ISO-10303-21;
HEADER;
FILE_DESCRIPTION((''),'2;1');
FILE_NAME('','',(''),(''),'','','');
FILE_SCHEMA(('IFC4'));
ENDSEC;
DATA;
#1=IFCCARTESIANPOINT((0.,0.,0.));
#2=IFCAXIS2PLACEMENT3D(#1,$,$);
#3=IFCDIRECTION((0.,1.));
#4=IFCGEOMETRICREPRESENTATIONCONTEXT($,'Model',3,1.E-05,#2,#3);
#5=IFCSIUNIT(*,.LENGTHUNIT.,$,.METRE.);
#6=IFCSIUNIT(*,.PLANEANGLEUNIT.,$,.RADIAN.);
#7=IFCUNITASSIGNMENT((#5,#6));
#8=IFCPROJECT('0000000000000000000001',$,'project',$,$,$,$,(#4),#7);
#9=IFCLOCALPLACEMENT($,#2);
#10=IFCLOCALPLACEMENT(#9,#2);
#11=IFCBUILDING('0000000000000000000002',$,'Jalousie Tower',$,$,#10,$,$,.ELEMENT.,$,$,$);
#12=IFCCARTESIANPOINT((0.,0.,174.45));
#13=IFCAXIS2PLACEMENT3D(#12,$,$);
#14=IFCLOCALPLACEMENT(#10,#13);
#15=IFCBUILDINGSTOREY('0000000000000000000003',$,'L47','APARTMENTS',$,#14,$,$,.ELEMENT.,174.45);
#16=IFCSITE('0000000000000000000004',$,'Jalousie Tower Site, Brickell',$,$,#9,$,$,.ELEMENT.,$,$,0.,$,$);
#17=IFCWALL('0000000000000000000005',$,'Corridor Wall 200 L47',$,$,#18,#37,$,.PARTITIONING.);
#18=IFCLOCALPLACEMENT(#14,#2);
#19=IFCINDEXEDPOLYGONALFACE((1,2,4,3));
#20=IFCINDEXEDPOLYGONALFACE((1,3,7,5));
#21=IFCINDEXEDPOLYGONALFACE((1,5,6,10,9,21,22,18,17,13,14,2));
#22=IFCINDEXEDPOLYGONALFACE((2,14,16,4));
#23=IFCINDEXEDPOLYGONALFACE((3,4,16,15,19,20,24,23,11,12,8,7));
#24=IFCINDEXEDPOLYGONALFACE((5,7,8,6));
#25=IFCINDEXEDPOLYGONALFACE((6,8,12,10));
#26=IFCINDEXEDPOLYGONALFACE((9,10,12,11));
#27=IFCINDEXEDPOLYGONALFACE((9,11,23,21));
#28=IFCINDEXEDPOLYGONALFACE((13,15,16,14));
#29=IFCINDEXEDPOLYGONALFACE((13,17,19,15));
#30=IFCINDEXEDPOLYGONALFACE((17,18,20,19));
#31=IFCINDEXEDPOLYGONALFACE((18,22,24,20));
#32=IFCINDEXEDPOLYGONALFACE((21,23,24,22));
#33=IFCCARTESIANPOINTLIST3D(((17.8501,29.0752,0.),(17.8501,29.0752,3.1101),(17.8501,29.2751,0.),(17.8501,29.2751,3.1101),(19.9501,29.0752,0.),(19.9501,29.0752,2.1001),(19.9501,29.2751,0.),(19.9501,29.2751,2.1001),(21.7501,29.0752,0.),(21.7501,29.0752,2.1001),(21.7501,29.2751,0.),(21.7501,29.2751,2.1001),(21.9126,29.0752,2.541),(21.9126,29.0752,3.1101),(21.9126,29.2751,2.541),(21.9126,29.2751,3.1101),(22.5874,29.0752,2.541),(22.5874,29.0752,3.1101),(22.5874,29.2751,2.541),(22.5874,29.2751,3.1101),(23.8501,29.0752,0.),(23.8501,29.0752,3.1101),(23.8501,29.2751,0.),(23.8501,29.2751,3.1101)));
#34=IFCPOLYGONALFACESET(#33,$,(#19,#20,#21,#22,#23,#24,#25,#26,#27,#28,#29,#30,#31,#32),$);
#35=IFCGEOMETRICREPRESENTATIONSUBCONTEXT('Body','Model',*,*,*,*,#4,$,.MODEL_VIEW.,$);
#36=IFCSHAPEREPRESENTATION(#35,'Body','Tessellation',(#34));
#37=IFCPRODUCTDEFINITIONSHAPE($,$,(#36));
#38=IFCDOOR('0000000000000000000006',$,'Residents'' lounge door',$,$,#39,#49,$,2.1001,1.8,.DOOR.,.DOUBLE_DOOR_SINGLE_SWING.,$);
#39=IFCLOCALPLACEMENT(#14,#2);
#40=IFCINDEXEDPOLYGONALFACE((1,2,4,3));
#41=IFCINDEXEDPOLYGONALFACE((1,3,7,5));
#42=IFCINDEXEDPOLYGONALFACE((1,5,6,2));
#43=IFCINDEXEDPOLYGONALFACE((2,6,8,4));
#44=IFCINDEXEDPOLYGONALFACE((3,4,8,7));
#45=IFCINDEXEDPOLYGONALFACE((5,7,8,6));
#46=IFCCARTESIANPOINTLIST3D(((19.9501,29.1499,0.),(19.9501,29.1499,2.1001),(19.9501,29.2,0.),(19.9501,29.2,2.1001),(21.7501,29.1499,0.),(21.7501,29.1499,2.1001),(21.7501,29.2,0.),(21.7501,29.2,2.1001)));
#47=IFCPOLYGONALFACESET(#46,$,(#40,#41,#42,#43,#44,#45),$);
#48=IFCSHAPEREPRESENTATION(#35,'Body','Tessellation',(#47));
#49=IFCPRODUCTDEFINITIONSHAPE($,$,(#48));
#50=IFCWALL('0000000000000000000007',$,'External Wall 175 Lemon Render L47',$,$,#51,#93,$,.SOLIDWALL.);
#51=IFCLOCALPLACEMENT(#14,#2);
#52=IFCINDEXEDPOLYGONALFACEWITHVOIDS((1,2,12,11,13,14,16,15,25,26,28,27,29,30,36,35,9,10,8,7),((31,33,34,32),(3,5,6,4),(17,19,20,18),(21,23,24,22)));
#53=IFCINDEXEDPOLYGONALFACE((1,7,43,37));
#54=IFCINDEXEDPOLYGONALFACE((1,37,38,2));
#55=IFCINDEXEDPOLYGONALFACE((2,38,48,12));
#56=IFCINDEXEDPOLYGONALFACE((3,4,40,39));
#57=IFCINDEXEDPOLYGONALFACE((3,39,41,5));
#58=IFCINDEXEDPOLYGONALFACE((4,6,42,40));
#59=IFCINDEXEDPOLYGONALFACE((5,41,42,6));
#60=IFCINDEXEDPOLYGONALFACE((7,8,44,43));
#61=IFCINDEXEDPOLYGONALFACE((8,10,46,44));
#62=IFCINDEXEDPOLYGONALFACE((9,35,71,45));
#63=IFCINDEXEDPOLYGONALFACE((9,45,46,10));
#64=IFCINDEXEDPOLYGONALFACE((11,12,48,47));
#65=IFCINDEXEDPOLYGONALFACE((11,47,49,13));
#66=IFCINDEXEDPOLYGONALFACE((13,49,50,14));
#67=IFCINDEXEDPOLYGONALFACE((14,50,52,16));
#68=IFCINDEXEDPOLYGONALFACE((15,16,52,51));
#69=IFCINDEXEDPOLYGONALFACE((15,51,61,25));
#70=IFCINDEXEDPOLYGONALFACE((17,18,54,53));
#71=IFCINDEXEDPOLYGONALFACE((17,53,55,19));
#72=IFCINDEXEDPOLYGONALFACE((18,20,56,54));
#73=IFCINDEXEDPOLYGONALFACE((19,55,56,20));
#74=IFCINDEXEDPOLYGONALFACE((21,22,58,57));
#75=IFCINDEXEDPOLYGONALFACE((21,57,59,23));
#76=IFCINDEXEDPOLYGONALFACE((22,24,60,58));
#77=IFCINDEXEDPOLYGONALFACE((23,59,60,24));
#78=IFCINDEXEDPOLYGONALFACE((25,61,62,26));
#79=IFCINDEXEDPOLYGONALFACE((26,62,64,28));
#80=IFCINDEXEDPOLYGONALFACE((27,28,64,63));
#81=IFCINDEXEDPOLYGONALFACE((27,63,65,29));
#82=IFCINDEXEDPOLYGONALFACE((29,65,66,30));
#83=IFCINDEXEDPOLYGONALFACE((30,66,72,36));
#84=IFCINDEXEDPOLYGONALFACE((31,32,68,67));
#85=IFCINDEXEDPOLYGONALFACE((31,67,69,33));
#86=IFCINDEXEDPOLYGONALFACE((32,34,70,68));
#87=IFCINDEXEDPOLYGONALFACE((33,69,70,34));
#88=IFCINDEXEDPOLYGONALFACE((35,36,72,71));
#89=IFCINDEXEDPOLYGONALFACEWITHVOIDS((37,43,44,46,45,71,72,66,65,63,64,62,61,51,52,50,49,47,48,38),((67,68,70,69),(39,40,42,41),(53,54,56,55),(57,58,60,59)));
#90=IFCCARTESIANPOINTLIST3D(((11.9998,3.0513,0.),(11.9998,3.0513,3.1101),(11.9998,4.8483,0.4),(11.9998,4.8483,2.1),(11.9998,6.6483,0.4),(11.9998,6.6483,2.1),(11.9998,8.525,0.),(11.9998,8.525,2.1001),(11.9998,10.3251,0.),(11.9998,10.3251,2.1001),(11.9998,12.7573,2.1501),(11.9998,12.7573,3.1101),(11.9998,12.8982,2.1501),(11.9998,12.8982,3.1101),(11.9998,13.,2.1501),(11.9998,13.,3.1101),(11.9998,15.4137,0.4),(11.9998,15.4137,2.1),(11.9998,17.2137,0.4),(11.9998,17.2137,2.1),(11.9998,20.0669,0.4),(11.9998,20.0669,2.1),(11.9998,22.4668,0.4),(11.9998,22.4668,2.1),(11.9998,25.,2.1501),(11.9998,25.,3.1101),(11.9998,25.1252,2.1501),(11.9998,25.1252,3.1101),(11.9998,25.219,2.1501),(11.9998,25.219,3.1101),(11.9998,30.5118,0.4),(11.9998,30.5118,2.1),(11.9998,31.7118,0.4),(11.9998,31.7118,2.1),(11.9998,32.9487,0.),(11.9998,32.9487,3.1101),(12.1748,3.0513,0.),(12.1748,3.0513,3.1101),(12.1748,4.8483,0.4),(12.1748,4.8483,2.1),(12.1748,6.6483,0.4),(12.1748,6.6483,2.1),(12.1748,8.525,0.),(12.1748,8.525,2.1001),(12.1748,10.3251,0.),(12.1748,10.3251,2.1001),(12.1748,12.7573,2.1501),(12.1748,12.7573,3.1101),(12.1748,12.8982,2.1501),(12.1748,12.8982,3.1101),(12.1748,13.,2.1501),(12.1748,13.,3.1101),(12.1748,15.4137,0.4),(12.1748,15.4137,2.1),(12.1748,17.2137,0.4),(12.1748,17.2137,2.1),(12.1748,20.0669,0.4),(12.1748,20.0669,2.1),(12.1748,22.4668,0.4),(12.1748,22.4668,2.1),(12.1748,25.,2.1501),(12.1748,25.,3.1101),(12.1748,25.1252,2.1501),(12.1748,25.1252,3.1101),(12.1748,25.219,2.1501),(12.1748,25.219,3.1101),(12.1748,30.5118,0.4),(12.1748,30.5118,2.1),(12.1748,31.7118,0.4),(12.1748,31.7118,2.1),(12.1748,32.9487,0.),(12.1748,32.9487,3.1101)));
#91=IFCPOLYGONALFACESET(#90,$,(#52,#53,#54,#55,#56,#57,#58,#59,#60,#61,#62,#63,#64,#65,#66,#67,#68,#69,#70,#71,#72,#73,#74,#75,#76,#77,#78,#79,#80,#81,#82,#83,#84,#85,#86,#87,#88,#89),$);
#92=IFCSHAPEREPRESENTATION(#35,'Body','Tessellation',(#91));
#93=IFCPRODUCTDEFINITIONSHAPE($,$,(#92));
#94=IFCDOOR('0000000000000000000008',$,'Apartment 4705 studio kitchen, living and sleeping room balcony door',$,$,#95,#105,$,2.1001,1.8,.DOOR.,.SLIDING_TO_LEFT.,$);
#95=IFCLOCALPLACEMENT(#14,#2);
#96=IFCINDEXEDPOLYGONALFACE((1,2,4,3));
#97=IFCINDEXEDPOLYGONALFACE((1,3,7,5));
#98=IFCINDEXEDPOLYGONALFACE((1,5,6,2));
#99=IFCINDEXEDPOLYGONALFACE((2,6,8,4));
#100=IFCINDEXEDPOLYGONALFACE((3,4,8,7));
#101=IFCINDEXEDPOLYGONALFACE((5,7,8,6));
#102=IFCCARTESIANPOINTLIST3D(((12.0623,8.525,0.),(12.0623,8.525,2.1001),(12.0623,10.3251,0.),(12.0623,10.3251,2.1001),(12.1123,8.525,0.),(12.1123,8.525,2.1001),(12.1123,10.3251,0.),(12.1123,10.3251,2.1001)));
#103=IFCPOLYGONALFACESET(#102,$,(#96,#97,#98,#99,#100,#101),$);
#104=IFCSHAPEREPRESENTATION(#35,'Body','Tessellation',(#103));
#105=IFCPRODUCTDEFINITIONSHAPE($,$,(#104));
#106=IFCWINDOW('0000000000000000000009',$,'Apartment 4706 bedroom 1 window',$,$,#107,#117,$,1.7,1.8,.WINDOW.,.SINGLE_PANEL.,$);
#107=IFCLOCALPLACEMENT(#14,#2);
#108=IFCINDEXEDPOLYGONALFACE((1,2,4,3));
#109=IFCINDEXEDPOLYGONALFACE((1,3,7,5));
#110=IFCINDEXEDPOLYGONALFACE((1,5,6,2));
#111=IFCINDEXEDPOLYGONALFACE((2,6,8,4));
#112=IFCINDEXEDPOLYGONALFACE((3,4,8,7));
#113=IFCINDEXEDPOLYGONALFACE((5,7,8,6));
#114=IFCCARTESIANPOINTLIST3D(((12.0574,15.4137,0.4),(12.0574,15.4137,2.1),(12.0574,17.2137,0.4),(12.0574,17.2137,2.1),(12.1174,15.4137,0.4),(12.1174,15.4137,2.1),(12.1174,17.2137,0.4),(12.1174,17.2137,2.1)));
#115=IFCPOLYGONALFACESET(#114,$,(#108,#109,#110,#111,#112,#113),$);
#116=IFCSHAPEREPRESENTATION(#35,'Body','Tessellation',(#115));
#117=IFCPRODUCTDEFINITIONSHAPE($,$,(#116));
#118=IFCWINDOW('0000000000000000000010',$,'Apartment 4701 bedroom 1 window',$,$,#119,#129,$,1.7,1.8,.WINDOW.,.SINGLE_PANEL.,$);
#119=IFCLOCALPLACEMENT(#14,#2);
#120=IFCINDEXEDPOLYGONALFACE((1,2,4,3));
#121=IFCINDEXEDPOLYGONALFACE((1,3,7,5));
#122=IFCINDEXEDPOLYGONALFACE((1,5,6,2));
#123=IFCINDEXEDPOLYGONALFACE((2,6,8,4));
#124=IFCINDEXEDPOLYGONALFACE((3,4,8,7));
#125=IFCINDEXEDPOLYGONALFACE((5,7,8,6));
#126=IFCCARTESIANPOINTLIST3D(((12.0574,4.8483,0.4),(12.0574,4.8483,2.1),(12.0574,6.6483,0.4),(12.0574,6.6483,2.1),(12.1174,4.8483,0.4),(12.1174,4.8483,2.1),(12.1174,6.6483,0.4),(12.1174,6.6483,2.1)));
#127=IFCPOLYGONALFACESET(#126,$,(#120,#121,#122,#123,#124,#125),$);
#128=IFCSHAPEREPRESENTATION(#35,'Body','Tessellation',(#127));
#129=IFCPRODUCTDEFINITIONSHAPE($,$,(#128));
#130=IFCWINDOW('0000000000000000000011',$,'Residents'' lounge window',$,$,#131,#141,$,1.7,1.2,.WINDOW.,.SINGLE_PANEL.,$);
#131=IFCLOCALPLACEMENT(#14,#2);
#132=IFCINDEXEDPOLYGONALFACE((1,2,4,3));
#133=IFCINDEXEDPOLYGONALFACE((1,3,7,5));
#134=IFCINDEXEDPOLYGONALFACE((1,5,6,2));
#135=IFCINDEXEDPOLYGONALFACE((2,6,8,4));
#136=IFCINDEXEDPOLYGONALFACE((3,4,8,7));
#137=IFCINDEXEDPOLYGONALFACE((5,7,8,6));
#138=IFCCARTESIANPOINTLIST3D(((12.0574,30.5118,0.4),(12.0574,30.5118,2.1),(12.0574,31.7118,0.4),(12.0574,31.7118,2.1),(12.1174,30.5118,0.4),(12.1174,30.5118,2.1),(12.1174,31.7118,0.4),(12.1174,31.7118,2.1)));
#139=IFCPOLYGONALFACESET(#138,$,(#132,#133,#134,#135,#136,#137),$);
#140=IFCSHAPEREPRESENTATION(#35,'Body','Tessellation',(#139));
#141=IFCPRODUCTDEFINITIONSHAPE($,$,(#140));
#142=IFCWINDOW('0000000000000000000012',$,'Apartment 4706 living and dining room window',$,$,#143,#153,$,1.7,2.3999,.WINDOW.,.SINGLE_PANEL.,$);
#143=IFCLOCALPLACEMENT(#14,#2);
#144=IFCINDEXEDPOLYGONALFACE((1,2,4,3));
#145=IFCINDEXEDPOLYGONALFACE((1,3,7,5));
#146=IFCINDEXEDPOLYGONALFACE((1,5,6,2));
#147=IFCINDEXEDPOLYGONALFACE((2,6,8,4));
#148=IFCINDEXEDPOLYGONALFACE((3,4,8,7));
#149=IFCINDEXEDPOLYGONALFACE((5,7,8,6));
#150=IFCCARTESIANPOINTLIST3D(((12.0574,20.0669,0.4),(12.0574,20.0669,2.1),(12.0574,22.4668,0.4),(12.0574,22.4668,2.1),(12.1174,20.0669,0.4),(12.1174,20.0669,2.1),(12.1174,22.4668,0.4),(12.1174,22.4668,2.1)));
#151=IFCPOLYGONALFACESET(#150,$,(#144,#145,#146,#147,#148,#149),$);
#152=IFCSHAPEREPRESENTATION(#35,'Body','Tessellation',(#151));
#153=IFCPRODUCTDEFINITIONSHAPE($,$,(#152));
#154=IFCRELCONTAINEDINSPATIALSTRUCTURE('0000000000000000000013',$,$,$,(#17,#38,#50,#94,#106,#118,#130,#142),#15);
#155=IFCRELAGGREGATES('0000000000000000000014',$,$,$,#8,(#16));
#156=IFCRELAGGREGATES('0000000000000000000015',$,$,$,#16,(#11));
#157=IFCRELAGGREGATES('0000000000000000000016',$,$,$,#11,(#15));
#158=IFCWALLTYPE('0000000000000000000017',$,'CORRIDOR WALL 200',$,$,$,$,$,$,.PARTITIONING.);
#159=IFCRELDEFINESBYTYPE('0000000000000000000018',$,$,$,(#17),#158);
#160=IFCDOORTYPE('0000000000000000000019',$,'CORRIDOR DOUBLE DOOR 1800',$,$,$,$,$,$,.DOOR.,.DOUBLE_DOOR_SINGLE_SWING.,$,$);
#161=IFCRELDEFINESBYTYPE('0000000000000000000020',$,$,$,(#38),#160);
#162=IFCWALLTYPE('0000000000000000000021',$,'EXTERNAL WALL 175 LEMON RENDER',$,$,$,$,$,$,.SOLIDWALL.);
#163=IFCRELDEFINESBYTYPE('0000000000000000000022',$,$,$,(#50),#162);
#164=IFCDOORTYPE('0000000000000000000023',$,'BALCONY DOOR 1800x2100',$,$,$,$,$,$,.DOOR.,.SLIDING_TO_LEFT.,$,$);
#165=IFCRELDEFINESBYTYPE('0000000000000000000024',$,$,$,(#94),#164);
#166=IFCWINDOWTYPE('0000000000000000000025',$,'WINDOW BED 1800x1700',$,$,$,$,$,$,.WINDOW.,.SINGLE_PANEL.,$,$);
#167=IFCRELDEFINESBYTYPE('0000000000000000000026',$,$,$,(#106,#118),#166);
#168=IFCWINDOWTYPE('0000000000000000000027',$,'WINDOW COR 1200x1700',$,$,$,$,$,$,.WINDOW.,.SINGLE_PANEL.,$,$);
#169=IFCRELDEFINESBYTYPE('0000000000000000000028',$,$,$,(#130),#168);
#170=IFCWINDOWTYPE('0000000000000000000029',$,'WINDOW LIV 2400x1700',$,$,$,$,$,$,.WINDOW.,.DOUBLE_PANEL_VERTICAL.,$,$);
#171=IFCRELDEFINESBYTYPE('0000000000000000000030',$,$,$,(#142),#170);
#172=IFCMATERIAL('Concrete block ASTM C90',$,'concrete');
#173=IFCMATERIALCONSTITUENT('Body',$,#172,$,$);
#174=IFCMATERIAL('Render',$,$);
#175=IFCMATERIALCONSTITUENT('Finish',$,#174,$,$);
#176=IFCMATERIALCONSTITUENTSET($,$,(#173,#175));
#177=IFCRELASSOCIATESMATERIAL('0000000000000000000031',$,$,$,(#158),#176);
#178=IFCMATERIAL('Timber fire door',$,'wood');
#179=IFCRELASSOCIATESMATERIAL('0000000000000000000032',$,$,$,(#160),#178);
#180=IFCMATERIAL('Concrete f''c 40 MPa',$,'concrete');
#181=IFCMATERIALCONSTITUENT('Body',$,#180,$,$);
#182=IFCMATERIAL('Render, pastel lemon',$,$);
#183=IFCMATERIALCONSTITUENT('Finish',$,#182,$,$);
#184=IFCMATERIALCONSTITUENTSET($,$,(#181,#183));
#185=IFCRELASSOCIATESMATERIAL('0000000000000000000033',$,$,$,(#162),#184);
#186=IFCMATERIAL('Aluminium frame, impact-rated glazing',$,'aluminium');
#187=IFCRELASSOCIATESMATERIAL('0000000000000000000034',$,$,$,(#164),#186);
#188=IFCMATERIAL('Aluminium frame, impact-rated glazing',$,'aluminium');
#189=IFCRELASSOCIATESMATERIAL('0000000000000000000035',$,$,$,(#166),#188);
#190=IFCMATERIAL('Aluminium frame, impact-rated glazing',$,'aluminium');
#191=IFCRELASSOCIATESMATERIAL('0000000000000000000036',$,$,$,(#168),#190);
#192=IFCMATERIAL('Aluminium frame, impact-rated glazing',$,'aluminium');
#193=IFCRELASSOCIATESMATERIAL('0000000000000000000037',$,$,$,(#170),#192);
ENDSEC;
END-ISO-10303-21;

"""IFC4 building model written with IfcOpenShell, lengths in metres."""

from ifc_helpers import new_model, si_unit, direction, frame, frame_2d, origin, place, context, subcontext, project, spatial, polyline, rectangle, outline, extrude, material, constituent, constituent_set, type_object, element, fill, save


model = new_model("IFC4")

# Units and contexts
model_context = context("Model", 3, precision=1e-05, world=origin(), true_north=direction((0.0, 1.0)))
body_context = subcontext(model_context, "Body", "Model", "MODEL_VIEW")
ifc_project = project(units=[si_unit("LENGTHUNIT", "METRE"), si_unit("PLANEANGLEUNIT", "RADIAN")], contexts=[model_context])

# Site, building, storey
site_placement = place(None, origin())
site = spatial("IfcSite", under=ifc_project, at=site_placement, Name="Jalousie Tower Site, Brickell", CompositionType="ELEMENT", RefElevation=0.0)
building_placement = place(site_placement, origin())
building = spatial("IfcBuilding", under=site, at=building_placement, Name="Jalousie Tower", CompositionType="ELEMENT")
storey_placement = place(building_placement, frame((0.0, 0.0, 174.45)))
storey = spatial("IfcBuildingStorey", under=building, at=storey_placement, Name="L47", Description="APARTMENTS", CompositionType="ELEMENT", Elevation=174.45)

# Wall, opening, door
ifc_material_1 = material(Name="Concrete block ASTM C90", Category="concrete")
ifc_constituent_1 = constituent(ifc_material_1, Name="Body")
ifc_material_2 = material(Name="Render")
ifc_constituent_2 = constituent(ifc_material_2, Name="Finish")
ifc_constituent_set_1 = constituent_set(constituents=[ifc_constituent_1, ifc_constituent_2])
wall_type_1 = type_object("IfcWallType", Name="CORRIDOR WALL 200", PredefinedType="PARTITIONING", material=ifc_constituent_set_1)
wall_1_placement = place(storey_placement, frame((17.8501, 29.175, 0.0), z_axis=(0.0, 0.0, 1.0), x_axis=(1.0, 0.0, 0.0)))
wall_1 = element("IfcWall", 1, at=wall_1_placement, inside=storey, type_object=wall_type_1, Name="Corridor Wall 200 L47", PredefinedType="PARTITIONING", context=body_context, shape_type="SweptSolid", body=[
    extrude(outline(polyline([(0.0, 0.0), (6.0, 0.0), (6.0, 3.1101), (4.7373, 3.1101), (4.7373, 2.541), (4.0625, 2.541), (4.0625, 3.1101), (0.0, 3.1101), (0.0, 0.0)])), frame((0.0, 0.1001, 0.0), z_axis=(0.0, -1.0, 0.0), x_axis=(1.0, 0.0, 0.0)), (0.0, 0.0, 1.0), 0.2),
])
opening_1_placement = place(wall_1_placement, frame((2.1001, 0.0, 0.0)))
opening_1 = element("IfcOpeningElement", 2, at=opening_1_placement, cuts=wall_1, PredefinedType="OPENING", context=body_context, shape_type="SweptSolid", body=[
    extrude(rectangle(XDim=1.8, YDim=2.1001, at=frame_2d((0.8999, 1.05))), frame((0.0, 0.1099, 0.0), z_axis=(0.0, -1.0, 0.0), x_axis=(1.0, 0.0, 0.0)), (0.0, 0.0, 1.0), 0.22),
])
ifc_material_3 = material(Name="Timber fire door", Category="wood")
door_type_1 = type_object("IfcDoorType", Name="CORRIDOR DOUBLE DOOR 1800", OperationType="DOUBLE_DOOR_SINGLE_SWING", PredefinedType="DOOR", material=ifc_material_3)
door_1_placement = place(opening_1_placement, origin())
door_1 = element("IfcDoor", 3, at=door_1_placement, inside=storey, type_object=door_type_1, Name="Residents' lounge door", OperationType="DOUBLE_DOOR_SINGLE_SWING", OverallHeight=2.1001, OverallWidth=1.8, PredefinedType="DOOR", context=body_context, shape_type="SweptSolid", body=[
    extrude(rectangle(XDim=1.8, YDim=2.1001, at=frame_2d((0.8999, 1.05))), frame((0.0, 0.0249, 0.0), z_axis=(0.0, -1.0, 0.0), x_axis=(1.0, 0.0, 0.0)), (0.0, 0.0, 1.0), 0.05),
])
fill(opening_1, door_1)

# Wall, openings, door, windows
ifc_material_4 = material(Name="Concrete f'c 40 MPa", Category="concrete")
ifc_constituent_3 = constituent(ifc_material_4, Name="Body")
ifc_material_5 = material(Name="Render, pastel lemon")
ifc_constituent_4 = constituent(ifc_material_5, Name="Finish")
ifc_constituent_set_2 = constituent_set(constituents=[ifc_constituent_3, ifc_constituent_4])
wall_type_2 = type_object("IfcWallType", Name="EXTERNAL WALL 175 LEMON RENDER", PredefinedType="SOLIDWALL", material=ifc_constituent_set_2)
wall_2_placement = place(storey_placement, frame((12.0874, 32.9487, 0.0), z_axis=(0.0, 0.0, 1.0), x_axis=(0.0, -1.0, 0.0)))
wall_2 = element("IfcWall", 4, at=wall_2_placement, inside=storey, type_object=wall_type_2, Name="External Wall 175 Lemon Render L47", PredefinedType="SOLIDWALL", context=body_context, shape_type="SweptSolid", body=[
    extrude(outline(polyline([(0.0, 0.0), (29.8975, 0.0), (29.8975, 3.1101), (20.1914, 3.1101), (20.1914, 2.1501), (20.0505, 2.1501), (20.0505, 3.1101), (19.9487, 3.1101), (19.9487, 2.1501), (7.9487, 2.1501), (7.9487, 3.1101), (7.8235, 3.1101), (7.8235, 2.1501), (7.7297, 2.1501), (7.7297, 3.1101), (0.0, 3.1101), (0.0, 0.0)])), frame((0.0, 0.0874, 0.0), z_axis=(0.0, -1.0, 0.0), x_axis=(1.0, 0.0, 0.0)), (0.0, 0.0, 1.0), 0.175),
])
opening_2_placement = place(wall_2_placement, frame((1.2368, 0.0, 0.3999)))
opening_2 = element("IfcOpeningElement", 5, at=opening_2_placement, cuts=wall_2, PredefinedType="OPENING", context=body_context, shape_type="SweptSolid", body=[
    extrude(rectangle(XDim=1.2, YDim=1.7, at=frame_2d((0.6001, 0.8501))), frame((0.0, 0.0974, 0.0), z_axis=(0.0, -1.0, 0.0), x_axis=(1.0, 0.0, 0.0)), (0.0, 0.0, 1.0), 0.1951),
])
opening_3_placement = place(wall_2_placement, frame((10.4819, 0.0, 0.3999)))
opening_3 = element("IfcOpeningElement", 6, at=opening_3_placement, cuts=wall_2, PredefinedType="OPENING", context=body_context, shape_type="SweptSolid", body=[
    extrude(rectangle(XDim=2.3999, YDim=1.7, at=frame_2d((1.2, 0.8501))), frame((0.0, 0.0974, 0.0), z_axis=(0.0, -1.0, 0.0), x_axis=(1.0, 0.0, 0.0)), (0.0, 0.0, 1.0), 0.1951),
])
opening_4_placement = place(wall_2_placement, frame((15.7351, 0.0, 0.3999)))
opening_4 = element("IfcOpeningElement", 7, at=opening_4_placement, cuts=wall_2, PredefinedType="OPENING", context=body_context, shape_type="SweptSolid", body=[
    extrude(rectangle(XDim=1.8, YDim=1.7, at=frame_2d((0.8999, 0.8501))), frame((0.0, 0.0974, 0.0), z_axis=(0.0, -1.0, 0.0), x_axis=(1.0, 0.0, 0.0)), (0.0, 0.0, 1.0), 0.1951),
])
opening_5_placement = place(wall_2_placement, frame((22.6238, 0.0, 0.0)))
opening_5 = element("IfcOpeningElement", 8, at=opening_5_placement, cuts=wall_2, PredefinedType="OPENING", context=body_context, shape_type="SweptSolid", body=[
    extrude(rectangle(XDim=1.8, YDim=2.1001, at=frame_2d((0.8999, 1.05))), frame((0.0, 0.0974, 0.0), z_axis=(0.0, -1.0, 0.0), x_axis=(1.0, 0.0, 0.0)), (0.0, 0.0, 1.0), 0.1951),
])
opening_6_placement = place(wall_2_placement, frame((26.3005, 0.0, 0.3999)))
opening_6 = element("IfcOpeningElement", 9, at=opening_6_placement, cuts=wall_2, PredefinedType="OPENING", context=body_context, shape_type="SweptSolid", body=[
    extrude(rectangle(XDim=1.8, YDim=1.7, at=frame_2d((0.8999, 0.8501))), frame((0.0, 0.0974, 0.0), z_axis=(0.0, -1.0, 0.0), x_axis=(1.0, 0.0, 0.0)), (0.0, 0.0, 1.0), 0.1951),
])
ifc_material_6 = material(Name="Aluminium frame, impact-rated glazing", Category="aluminium")
door_type_2 = type_object("IfcDoorType", Name="BALCONY DOOR 1800x2100", OperationType="SLIDING_TO_LEFT", PredefinedType="DOOR", material=ifc_material_6)
door_2_placement = place(opening_5_placement, origin())
door_2 = element("IfcDoor", 10, at=door_2_placement, inside=storey, type_object=door_type_2, Name="Apartment 4705 studio kitchen, living and sleeping room balcony door", OperationType="SLIDING_TO_LEFT", OverallHeight=2.1001, OverallWidth=1.8, PredefinedType="DOOR", context=body_context, shape_type="SweptSolid", body=[
    extrude(rectangle(XDim=1.8, YDim=2.1001, at=frame_2d((0.8999, 1.05))), frame((0.0, 0.0249, 0.0), z_axis=(0.0, -1.0, 0.0), x_axis=(1.0, 0.0, 0.0)), (0.0, 0.0, 1.0), 0.05),
])
fill(opening_5, door_2)
ifc_material_7 = material(Name="Aluminium frame, impact-rated glazing", Category="aluminium")
window_type_1 = type_object("IfcWindowType", Name="WINDOW BED 1800x1700", PartitioningType="SINGLE_PANEL", PredefinedType="WINDOW", material=ifc_material_7)
window_1_placement = place(opening_4_placement, origin())
window_1 = element("IfcWindow", 11, at=window_1_placement, inside=storey, type_object=window_type_1, Name="Apartment 4706 bedroom 1 window", OverallHeight=1.7, OverallWidth=1.8, PartitioningType="SINGLE_PANEL", PredefinedType="WINDOW", context=body_context, shape_type="SweptSolid", body=[
    extrude(rectangle(XDim=1.8, YDim=1.7, at=frame_2d((0.8999, 0.8501))), frame((0.0, 0.03, 0.0), z_axis=(0.0, -1.0, 0.0), x_axis=(1.0, 0.0, 0.0)), (0.0, 0.0, 1.0), 0.0601),
])
fill(opening_4, window_1)
window_2_placement = place(opening_6_placement, origin())
window_2 = element("IfcWindow", 12, at=window_2_placement, inside=storey, type_object=window_type_1, Name="Apartment 4701 bedroom 1 window", OverallHeight=1.7, OverallWidth=1.8, PartitioningType="SINGLE_PANEL", PredefinedType="WINDOW", context=body_context, shape_type="SweptSolid", body=[
    extrude(rectangle(XDim=1.8, YDim=1.7, at=frame_2d((0.8999, 0.8501))), frame((0.0, 0.03, 0.0), z_axis=(0.0, -1.0, 0.0), x_axis=(1.0, 0.0, 0.0)), (0.0, 0.0, 1.0), 0.0601),
])
fill(opening_6, window_2)
ifc_material_8 = material(Name="Aluminium frame, impact-rated glazing", Category="aluminium")
window_type_2 = type_object("IfcWindowType", Name="WINDOW COR 1200x1700", PartitioningType="SINGLE_PANEL", PredefinedType="WINDOW", material=ifc_material_8)
window_3_placement = place(opening_2_placement, origin())
window_3 = element("IfcWindow", 13, at=window_3_placement, inside=storey, type_object=window_type_2, Name="Residents' lounge window", OverallHeight=1.7, OverallWidth=1.2, PartitioningType="SINGLE_PANEL", PredefinedType="WINDOW", context=body_context, shape_type="SweptSolid", body=[
    extrude(rectangle(XDim=1.2, YDim=1.7, at=frame_2d((0.6001, 0.8501))), frame((0.0, 0.03, 0.0), z_axis=(0.0, -1.0, 0.0), x_axis=(1.0, 0.0, 0.0)), (0.0, 0.0, 1.0), 0.0601),
])
fill(opening_2, window_3)
ifc_material_9 = material(Name="Aluminium frame, impact-rated glazing", Category="aluminium")
window_type_3 = type_object("IfcWindowType", Name="WINDOW LIV 2400x1700", PartitioningType="DOUBLE_PANEL_VERTICAL", PredefinedType="WINDOW", material=ifc_material_9)
window_4_placement = place(opening_3_placement, origin())
window_4 = element("IfcWindow", 14, at=window_4_placement, inside=storey, type_object=window_type_3, Name="Apartment 4706 living and dining room window", OverallHeight=1.7, OverallWidth=2.3999, PartitioningType="SINGLE_PANEL", PredefinedType="WINDOW", context=body_context, shape_type="SweptSolid", body=[
    extrude(rectangle(XDim=2.3999, YDim=1.7, at=frame_2d((1.2, 0.8501))), frame((0.0, 0.03, 0.0), z_axis=(0.0, -1.0, 0.0), x_axis=(1.0, 0.0, 0.0)), (0.0, 0.0, 1.0), 0.0601),
])
fill(opening_3, window_4)

save(model, "model.ifc")
